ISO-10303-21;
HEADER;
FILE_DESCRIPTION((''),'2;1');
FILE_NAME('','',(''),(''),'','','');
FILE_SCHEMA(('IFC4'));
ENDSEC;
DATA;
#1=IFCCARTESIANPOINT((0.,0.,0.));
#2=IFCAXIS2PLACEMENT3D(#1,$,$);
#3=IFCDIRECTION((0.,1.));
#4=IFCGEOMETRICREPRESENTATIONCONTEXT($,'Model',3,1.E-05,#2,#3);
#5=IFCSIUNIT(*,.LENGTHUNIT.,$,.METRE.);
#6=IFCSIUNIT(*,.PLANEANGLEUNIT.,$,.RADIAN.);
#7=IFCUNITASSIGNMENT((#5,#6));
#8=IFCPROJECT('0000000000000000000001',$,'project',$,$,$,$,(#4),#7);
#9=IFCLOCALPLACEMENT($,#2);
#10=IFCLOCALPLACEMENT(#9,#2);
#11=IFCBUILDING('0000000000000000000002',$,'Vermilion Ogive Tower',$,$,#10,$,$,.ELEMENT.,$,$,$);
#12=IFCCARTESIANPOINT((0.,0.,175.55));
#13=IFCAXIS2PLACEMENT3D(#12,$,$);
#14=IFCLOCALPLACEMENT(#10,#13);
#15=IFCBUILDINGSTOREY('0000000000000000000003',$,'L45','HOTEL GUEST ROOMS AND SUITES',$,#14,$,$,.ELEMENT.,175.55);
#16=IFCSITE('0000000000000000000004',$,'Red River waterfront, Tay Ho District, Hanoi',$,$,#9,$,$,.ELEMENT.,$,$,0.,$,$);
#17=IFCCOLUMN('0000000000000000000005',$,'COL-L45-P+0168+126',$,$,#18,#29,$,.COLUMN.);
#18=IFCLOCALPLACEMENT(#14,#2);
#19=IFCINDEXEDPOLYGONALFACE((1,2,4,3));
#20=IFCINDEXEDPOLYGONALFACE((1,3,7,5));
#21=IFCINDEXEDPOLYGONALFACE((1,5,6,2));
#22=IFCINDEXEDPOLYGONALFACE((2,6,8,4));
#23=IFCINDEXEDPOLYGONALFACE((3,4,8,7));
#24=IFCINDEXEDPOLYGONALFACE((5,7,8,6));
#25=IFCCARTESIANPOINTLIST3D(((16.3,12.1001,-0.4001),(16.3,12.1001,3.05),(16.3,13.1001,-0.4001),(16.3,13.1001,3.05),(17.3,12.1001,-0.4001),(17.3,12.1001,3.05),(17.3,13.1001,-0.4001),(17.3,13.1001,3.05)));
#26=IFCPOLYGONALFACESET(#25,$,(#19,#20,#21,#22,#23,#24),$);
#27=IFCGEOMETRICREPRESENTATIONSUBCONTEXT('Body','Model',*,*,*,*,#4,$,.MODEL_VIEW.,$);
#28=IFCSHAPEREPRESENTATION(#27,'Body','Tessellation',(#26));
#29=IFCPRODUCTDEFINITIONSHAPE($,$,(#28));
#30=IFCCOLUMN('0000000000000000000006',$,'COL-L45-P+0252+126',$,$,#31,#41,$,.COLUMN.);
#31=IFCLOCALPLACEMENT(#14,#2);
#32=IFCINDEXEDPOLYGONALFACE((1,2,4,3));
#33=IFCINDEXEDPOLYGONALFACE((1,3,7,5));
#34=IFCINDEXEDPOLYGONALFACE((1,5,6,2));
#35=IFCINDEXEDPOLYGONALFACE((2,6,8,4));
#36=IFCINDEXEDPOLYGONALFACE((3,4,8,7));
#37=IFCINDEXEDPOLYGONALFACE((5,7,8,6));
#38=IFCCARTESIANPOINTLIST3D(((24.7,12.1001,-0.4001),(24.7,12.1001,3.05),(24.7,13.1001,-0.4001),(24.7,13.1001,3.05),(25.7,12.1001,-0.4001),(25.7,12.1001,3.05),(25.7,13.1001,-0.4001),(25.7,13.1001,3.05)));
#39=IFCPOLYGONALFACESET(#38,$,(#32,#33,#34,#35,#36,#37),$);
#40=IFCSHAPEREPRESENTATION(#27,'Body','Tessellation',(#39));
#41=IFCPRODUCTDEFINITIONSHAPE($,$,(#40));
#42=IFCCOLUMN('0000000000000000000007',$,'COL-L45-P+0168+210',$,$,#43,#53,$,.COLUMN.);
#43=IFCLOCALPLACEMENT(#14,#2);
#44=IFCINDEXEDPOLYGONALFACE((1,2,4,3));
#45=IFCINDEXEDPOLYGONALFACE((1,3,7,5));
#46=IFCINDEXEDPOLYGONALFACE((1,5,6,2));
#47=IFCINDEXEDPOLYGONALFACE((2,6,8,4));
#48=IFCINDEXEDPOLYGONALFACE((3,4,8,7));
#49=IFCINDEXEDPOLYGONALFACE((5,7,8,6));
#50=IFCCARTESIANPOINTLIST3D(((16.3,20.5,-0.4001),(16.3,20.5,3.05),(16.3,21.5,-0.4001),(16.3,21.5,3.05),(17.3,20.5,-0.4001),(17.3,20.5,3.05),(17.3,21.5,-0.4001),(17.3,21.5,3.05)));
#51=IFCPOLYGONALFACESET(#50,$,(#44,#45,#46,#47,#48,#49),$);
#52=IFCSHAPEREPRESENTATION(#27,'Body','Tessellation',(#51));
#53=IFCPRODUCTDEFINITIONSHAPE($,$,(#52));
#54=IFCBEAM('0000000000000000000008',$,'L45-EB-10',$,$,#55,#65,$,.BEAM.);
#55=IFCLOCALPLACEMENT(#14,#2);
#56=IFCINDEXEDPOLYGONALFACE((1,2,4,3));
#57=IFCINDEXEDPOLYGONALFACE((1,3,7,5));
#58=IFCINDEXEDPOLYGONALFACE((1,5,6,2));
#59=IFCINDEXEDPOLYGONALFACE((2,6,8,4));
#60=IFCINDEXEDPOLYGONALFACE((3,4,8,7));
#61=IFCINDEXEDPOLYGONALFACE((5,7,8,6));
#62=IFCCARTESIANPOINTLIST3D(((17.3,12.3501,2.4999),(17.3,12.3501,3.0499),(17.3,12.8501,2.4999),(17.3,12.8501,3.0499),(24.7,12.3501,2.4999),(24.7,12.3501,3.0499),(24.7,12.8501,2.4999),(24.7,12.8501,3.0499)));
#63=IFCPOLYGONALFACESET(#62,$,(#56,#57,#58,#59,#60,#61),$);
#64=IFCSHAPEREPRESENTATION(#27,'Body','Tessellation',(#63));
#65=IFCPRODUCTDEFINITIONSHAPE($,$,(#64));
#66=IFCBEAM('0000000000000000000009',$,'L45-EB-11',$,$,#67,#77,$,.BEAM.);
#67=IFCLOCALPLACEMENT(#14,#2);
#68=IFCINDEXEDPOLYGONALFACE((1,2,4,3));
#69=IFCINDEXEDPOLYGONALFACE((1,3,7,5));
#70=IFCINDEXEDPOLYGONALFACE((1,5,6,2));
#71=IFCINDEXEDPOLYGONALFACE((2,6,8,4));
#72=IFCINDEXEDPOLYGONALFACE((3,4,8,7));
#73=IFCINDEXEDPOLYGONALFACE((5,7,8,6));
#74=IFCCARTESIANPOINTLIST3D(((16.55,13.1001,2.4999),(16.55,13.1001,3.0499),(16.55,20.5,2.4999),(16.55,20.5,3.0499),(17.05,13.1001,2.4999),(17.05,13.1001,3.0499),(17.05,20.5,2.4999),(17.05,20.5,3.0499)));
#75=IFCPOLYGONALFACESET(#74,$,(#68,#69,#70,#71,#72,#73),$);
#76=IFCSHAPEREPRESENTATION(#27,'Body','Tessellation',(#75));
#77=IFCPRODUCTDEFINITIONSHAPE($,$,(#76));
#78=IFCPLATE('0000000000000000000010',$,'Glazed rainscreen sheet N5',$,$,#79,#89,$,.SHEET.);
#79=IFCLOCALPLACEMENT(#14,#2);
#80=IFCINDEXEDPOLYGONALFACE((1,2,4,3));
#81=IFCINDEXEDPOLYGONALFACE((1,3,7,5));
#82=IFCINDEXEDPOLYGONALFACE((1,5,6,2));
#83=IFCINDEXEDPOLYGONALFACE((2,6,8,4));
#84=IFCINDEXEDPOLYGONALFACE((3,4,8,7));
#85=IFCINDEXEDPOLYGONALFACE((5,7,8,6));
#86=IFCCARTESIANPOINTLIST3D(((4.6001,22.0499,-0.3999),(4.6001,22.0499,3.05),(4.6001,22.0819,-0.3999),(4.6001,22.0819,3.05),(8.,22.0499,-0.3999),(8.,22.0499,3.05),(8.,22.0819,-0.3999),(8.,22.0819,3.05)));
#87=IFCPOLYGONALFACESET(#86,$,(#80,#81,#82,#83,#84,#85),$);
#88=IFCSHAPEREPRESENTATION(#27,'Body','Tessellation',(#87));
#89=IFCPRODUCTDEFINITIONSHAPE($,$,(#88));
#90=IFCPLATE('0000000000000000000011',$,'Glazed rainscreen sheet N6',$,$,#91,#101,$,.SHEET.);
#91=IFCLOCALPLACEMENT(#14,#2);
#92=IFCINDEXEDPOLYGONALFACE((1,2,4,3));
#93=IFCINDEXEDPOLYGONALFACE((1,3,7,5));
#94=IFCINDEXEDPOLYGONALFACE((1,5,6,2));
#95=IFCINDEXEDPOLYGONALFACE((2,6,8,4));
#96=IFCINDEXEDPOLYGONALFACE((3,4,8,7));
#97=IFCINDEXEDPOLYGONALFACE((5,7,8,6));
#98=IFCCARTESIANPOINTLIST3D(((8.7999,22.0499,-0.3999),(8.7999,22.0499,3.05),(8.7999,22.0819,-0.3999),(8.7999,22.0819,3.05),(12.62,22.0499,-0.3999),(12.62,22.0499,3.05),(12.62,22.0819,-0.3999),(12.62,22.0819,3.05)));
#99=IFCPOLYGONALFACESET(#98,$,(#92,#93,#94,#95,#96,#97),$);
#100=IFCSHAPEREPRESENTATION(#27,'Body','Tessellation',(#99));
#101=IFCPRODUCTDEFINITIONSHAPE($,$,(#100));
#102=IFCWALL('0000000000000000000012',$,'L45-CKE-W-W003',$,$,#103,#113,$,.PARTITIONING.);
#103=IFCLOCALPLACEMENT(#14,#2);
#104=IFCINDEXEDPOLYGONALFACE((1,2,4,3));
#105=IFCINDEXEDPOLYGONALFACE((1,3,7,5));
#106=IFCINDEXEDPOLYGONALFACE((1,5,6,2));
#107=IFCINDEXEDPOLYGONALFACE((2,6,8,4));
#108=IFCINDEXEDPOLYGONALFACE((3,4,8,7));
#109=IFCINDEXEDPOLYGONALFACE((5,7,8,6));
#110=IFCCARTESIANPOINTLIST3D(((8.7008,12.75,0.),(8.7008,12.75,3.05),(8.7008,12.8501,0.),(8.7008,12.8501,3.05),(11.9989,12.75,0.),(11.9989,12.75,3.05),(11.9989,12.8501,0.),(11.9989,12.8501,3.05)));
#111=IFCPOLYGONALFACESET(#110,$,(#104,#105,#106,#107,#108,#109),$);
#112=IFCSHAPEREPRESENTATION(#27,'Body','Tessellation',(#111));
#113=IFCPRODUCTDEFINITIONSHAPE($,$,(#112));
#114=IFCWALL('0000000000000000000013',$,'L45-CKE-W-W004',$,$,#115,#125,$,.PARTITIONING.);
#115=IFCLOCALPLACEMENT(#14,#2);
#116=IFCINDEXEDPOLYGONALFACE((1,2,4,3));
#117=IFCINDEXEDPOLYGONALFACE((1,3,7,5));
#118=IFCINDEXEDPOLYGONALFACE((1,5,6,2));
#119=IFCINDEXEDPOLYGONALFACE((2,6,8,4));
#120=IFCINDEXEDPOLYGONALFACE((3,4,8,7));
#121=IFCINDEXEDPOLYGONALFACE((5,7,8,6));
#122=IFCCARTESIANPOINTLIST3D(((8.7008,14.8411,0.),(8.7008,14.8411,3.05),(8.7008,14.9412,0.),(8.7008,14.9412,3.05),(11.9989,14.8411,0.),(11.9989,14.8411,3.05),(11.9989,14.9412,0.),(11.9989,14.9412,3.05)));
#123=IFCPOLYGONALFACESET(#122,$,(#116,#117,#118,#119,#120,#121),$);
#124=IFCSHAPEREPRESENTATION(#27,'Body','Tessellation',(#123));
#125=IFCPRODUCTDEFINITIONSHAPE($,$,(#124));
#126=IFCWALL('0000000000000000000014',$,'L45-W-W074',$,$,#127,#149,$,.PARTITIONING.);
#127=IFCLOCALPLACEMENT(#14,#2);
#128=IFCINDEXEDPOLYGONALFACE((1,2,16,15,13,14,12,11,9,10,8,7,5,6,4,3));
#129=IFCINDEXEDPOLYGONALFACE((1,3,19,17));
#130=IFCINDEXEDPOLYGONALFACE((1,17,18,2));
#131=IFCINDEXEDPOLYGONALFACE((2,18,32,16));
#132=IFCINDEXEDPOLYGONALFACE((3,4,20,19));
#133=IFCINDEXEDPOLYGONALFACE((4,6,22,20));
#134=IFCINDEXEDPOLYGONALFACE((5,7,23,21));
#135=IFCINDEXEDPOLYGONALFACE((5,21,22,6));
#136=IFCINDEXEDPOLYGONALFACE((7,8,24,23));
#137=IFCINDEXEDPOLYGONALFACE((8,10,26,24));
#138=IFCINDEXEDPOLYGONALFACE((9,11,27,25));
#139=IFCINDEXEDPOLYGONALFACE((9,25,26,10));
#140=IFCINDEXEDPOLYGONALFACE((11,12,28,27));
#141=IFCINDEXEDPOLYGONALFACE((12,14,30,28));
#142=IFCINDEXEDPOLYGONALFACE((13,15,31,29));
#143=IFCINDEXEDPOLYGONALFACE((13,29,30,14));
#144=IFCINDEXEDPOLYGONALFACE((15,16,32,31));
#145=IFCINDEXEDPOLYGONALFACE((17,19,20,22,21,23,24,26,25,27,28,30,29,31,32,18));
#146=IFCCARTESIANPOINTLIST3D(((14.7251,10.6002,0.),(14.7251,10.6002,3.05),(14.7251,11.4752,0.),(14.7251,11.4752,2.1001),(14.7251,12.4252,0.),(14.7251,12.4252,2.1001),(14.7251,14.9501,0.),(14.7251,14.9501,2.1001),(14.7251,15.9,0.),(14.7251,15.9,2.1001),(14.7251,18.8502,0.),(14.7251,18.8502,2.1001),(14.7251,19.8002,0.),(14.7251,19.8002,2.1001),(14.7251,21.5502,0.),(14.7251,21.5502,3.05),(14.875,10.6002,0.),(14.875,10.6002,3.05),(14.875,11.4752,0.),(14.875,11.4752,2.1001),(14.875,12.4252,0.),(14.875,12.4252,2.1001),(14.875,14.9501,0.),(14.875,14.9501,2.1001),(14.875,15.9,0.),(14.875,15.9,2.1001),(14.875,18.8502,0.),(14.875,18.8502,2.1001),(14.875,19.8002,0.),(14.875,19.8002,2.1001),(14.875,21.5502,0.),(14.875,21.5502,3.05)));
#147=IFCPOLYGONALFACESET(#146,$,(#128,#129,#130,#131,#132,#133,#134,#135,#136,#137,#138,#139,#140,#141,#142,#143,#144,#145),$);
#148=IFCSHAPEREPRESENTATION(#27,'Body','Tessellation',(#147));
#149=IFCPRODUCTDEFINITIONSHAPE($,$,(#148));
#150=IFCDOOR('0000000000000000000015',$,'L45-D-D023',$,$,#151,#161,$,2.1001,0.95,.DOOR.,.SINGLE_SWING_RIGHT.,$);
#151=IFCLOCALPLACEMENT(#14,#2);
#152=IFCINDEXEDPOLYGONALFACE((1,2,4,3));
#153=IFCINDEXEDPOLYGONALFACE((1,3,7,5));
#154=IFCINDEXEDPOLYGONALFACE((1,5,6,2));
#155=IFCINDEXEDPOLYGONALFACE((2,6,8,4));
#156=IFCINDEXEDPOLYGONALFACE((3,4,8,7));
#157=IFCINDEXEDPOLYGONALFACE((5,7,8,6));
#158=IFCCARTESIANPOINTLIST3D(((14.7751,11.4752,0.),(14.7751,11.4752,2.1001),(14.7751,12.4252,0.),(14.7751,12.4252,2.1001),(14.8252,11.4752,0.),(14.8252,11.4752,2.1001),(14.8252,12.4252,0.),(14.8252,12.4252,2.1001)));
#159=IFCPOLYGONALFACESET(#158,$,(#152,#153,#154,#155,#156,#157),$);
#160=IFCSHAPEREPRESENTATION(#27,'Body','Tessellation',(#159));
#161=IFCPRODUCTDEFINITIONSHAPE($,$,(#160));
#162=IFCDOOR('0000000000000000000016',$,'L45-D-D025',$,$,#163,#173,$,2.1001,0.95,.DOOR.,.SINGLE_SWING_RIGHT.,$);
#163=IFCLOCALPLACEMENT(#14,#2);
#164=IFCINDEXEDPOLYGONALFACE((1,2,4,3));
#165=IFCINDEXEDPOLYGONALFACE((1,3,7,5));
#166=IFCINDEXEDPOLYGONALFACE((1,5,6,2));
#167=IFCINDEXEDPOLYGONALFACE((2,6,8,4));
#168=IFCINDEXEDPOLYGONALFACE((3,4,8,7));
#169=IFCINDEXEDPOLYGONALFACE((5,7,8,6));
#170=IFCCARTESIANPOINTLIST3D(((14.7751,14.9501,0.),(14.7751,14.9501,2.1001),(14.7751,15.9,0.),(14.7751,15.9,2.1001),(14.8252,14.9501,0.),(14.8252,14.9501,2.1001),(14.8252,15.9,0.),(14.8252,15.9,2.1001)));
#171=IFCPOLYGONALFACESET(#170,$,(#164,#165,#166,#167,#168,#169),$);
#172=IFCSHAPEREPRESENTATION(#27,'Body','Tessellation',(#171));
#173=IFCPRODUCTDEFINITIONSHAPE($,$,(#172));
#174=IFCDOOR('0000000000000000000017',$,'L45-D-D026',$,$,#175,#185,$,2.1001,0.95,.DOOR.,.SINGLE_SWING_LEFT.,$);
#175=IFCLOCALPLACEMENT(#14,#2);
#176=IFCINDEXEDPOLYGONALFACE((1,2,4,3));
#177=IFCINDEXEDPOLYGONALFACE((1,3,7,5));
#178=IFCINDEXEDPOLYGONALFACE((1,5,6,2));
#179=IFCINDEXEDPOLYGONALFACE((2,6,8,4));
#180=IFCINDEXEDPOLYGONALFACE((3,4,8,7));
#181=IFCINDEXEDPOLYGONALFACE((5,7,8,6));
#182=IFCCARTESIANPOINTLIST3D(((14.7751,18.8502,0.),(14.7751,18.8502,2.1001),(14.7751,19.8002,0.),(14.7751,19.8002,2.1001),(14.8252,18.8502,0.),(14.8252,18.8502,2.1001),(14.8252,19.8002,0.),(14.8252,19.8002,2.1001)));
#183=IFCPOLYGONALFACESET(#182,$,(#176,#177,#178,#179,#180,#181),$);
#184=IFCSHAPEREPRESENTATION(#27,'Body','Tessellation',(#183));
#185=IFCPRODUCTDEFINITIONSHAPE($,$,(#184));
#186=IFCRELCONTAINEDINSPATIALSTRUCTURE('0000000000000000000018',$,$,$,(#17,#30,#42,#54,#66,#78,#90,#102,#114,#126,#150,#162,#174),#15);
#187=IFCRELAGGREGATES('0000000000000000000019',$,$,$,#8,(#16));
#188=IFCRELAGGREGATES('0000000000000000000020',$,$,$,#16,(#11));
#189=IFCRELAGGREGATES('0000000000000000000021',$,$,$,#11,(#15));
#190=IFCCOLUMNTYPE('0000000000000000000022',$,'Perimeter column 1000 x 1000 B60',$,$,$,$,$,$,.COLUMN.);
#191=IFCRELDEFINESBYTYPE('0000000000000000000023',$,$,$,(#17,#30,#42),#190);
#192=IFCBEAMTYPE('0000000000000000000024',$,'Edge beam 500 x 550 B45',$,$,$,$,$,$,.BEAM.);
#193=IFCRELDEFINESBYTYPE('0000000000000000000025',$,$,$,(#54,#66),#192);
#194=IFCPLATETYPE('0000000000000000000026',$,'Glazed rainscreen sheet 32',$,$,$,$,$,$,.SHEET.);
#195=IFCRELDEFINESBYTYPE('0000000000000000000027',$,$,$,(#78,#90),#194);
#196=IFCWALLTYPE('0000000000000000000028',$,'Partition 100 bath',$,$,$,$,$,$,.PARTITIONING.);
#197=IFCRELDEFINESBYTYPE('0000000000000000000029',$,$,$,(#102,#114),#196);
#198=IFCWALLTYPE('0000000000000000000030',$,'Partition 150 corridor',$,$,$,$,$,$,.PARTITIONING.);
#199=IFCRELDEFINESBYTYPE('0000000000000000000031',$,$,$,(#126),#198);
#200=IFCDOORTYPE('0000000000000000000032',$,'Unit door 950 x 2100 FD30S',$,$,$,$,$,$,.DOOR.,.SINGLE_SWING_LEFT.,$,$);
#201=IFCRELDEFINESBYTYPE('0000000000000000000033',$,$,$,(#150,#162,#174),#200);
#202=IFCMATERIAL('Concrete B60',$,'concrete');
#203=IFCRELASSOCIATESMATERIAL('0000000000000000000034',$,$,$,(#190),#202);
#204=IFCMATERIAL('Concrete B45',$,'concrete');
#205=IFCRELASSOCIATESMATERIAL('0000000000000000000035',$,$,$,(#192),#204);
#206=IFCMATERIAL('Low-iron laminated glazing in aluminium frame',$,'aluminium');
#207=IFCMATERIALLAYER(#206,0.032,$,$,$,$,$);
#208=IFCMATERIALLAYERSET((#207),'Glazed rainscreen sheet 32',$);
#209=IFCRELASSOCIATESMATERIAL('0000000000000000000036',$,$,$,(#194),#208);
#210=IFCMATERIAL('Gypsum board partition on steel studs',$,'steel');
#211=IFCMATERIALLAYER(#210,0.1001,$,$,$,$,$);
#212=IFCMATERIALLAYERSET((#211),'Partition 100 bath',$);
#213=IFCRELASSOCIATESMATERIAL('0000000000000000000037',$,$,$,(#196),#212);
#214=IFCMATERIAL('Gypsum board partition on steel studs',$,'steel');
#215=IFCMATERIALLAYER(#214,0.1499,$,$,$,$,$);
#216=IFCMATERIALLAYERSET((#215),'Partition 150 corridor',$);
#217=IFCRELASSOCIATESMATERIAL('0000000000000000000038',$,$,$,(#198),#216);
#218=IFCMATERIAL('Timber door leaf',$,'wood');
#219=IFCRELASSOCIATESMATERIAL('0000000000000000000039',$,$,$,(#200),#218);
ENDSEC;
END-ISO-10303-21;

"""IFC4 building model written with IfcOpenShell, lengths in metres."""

from ifc_helpers import new_model, si_unit, direction, frame, frame_2d, origin, origin_2d, place, context, subcontext, project, spatial, rectangle, extrude, material, layer, layer_set, material_profile, profile_set, type_object, element, fill, save


model = new_model("IFC4")

# Units and contexts
model_context = context("Model", 3, precision=1e-05, world=origin(), true_north=direction((0.0, 1.0)))
body_context = subcontext(model_context, "Body", "Model", "MODEL_VIEW")
ifc_project = project(units=[si_unit("LENGTHUNIT", "METRE"), si_unit("PLANEANGLEUNIT", "RADIAN")], contexts=[model_context])

# Site, building, storey
site_placement = place(None, origin())
site = spatial("IfcSite", under=ifc_project, at=site_placement, Name="Red River waterfront, Tay Ho District, Hanoi", CompositionType="ELEMENT", RefElevation=0.0)
building_placement = place(site_placement, origin())
building = spatial("IfcBuilding", under=site, at=building_placement, Name="Vermilion Ogive Tower", CompositionType="ELEMENT")
storey_placement = place(building_placement, frame((0.0, 0.0, 175.55)))
storey = spatial("IfcBuildingStorey", under=building, at=storey_placement, Name="L45", Description="HOTEL GUEST ROOMS AND SUITES", CompositionType="ELEMENT", Elevation=175.55)

# Columns
ifc_material_1 = material(Name="Concrete B60", Category="concrete")
ifc_material_profile_1 = material_profile(ifc_material_1, rectangle(XDim=1.0, YDim=1.0, at=origin_2d()), Name="1000 x 1000")
ifc_profile_set_1 = profile_set([ifc_material_profile_1], Name="Concrete B60")
column_type = type_object("IfcColumnType", Name="Perimeter column 1000 x 1000 B60", PredefinedType="COLUMN", material=ifc_profile_set_1)
for number, where, z_axis, x_axis, name in (
    (1, (16.8, 12.6001, -0.4001), (0.0, 0.0, 1.0), (1.0, 0.0, 0.0), "COL-L45-P+0168+126"),
    (2, (25.2, 12.6001, -0.4001), (0.0, 0.0, 1.0), (1.0, 0.0, 0.0), "COL-L45-P+0252+126"),
    (3, (16.8, 21.0, -0.4001), (0.0, 0.0, 1.0), (1.0, 0.0, 0.0), "COL-L45-P+0168+210"),
):
    element("IfcColumn", number, at=place(storey_placement, frame(where, z_axis=z_axis, x_axis=x_axis)), inside=storey, type_object=column_type, Name=name, PredefinedType="COLUMN", context=body_context, shape_type="SweptSolid", body=[
        extrude(rectangle(XDim=1.0, YDim=1.0, at=origin_2d()), origin(), (0.0, 0.0, 1.0), 3.4502),
    ])

# Beams
ifc_material_2 = material(Name="Concrete B45", Category="concrete")
ifc_material_profile_2 = material_profile(ifc_material_2, rectangle(XDim=0.5, YDim=0.55, at=origin_2d()), Name="500 x 550")
ifc_profile_set_2 = profile_set([ifc_material_profile_2], Name="Concrete B45")
beam_type = type_object("IfcBeamType", Name="Edge beam 500 x 550 B45", PredefinedType="BEAM", material=ifc_profile_set_2)
for number, where, z_axis, x_axis, name in (
    (4, (24.7, 12.6001, 2.7749), (-1.0, 0.0, 0.0), (0.0, -1.0, 0.0), "L45-EB-10"),
    (5, (16.8, 13.1001, 2.7749), (0.0, 1.0, 0.0), (-1.0, 0.0, 0.0), "L45-EB-11"),
):
    element("IfcBeam", number, at=place(storey_placement, frame(where, z_axis=z_axis, x_axis=x_axis)), inside=storey, type_object=beam_type, Name=name, PredefinedType="BEAM", context=body_context, shape_type="SweptSolid", body=[
        extrude(rectangle(XDim=0.5, YDim=0.55, at=origin_2d()), origin(), (0.0, 0.0, 1.0), 7.3999),
    ])

# Plates
ifc_material_3 = material(Name="Low-iron laminated glazing in aluminium frame", Category="aluminium")
ifc_layer_1 = layer(ifc_material_3, 0.032)
ifc_layer_set_1 = layer_set([ifc_layer_1], Name="Glazed rainscreen sheet 32")
plate_type = type_object("IfcPlateType", Name="Glazed rainscreen sheet 32", PredefinedType="SHEET", material=ifc_layer_set_1)
plate_1_placement = place(storey_placement, frame((6.3, 22.0659, -0.3999), z_axis=(0.0, 0.0, 1.0), x_axis=(1.0, 0.0, 0.0)))
element("IfcPlate", 6, at=plate_1_placement, inside=storey, type_object=plate_type, Name="Glazed rainscreen sheet N5", PredefinedType="SHEET", context=body_context, shape_type="SweptSolid", body=[
    extrude(rectangle(XDim=3.3999, YDim=0.032, at=origin_2d()), origin(), (0.0, 0.0, 1.0), 3.45),
])
plate_2_placement = place(storey_placement, frame((10.71, 22.0659, -0.3999), z_axis=(0.0, 0.0, 1.0), x_axis=(1.0, 0.0, 0.0)))
element("IfcPlate", 7, at=plate_2_placement, inside=storey, type_object=plate_type, Name="Glazed rainscreen sheet N6", PredefinedType="SHEET", context=body_context, shape_type="SweptSolid", body=[
    extrude(rectangle(XDim=3.8201, YDim=0.032, at=origin_2d()), origin(), (0.0, 0.0, 1.0), 3.45),
])

# Walls
ifc_material_4 = material(Name="Gypsum board partition on steel studs", Category="steel")
ifc_layer_2 = layer(ifc_material_4, 0.1001)
ifc_layer_set_2 = layer_set([ifc_layer_2], Name="Partition 100 bath")
wall_type_1 = type_object("IfcWallType", Name="Partition 100 bath", PredefinedType="PARTITIONING", material=ifc_layer_set_2)
for number, where, z_axis, x_axis, name in (
    (8, (8.7009, 12.8, 0.0), (0.0, 0.0, 1.0), (1.0, 0.0, 0.0), "L45-CKE-W-W003"),
    (9, (8.7009, 14.8911, 0.0), (0.0, 0.0, 1.0), (1.0, 0.0, 0.0), "L45-CKE-W-W004"),
):
    element("IfcWall", number, at=place(storey_placement, frame(where, z_axis=z_axis, x_axis=x_axis)), inside=storey, type_object=wall_type_1, Name=name, PredefinedType="PARTITIONING", context=body_context, shape_type="SweptSolid", body=[
        extrude(rectangle(XDim=3.2981, YDim=0.1001, at=frame_2d((1.6489, 0.0))), origin(), (0.0, 0.0, 1.0), 3.05),
    ])

# Wall, openings, doors
ifc_material_5 = material(Name="Gypsum board partition on steel studs", Category="steel")
ifc_layer_3 = layer(ifc_material_5, 0.1499)
ifc_layer_set_3 = layer_set([ifc_layer_3], Name="Partition 150 corridor")
wall_type_2 = type_object("IfcWallType", Name="Partition 150 corridor", PredefinedType="PARTITIONING", material=ifc_layer_set_3)
wall_1_placement = place(storey_placement, frame((14.8, 10.6001, 0.0), z_axis=(0.0, 0.0, 1.0), x_axis=(0.0, 1.0, 0.0)))
wall_1 = element("IfcWall", 10, at=wall_1_placement, inside=storey, type_object=wall_type_2, Name="L45-W-W074", PredefinedType="PARTITIONING", context=body_context, shape_type="SweptSolid", body=[
    extrude(rectangle(XDim=10.95, YDim=0.1499, at=frame_2d((5.4751, 0.0))), origin(), (0.0, 0.0, 1.0), 3.05),
])
opening_1_placement = place(wall_1_placement, frame((0.875, 0.0, 0.0)))
opening_1 = element("IfcOpeningElement", 11, at=opening_1_placement, cuts=wall_1, PredefinedType="OPENING", context=body_context, shape_type="SweptSolid", body=[
    extrude(rectangle(XDim=0.95, YDim=2.1001, at=frame_2d((0.4751, 1.05))), frame((0.0, 0.085, 0.0), z_axis=(0.0, -1.0, 0.0), x_axis=(1.0, 0.0, 0.0)), (0.0, 0.0, 1.0), 0.1699),
])
opening_2_placement = place(wall_1_placement, frame((4.3499, 0.0, 0.0)))
opening_2 = element("IfcOpeningElement", 12, at=opening_2_placement, cuts=wall_1, PredefinedType="OPENING", context=body_context, shape_type="SweptSolid", body=[
    extrude(rectangle(XDim=0.95, YDim=2.1001, at=frame_2d((0.4751, 1.05))), frame((0.0, 0.085, 0.0), z_axis=(0.0, -1.0, 0.0), x_axis=(1.0, 0.0, 0.0)), (0.0, 0.0, 1.0), 0.1699),
])
opening_3_placement = place(wall_1_placement, frame((8.25, 0.0, 0.0)))
opening_3 = element("IfcOpeningElement", 13, at=opening_3_placement, cuts=wall_1, PredefinedType="OPENING", context=body_context, shape_type="SweptSolid", body=[
    extrude(rectangle(XDim=0.95, YDim=2.1001, at=frame_2d((0.4751, 1.05))), frame((0.0, 0.085, 0.0), z_axis=(0.0, -1.0, 0.0), x_axis=(1.0, 0.0, 0.0)), (0.0, 0.0, 1.0), 0.1699),
])
ifc_material_6 = material(Name="Timber door leaf", Category="wood")
door_type_1 = type_object("IfcDoorType", Name="Unit door 950 x 2100 FD30S", OperationType="SINGLE_SWING_LEFT", PredefinedType="DOOR", material=ifc_material_6)
door_1_placement = place(opening_1_placement, origin())
door_1 = element("IfcDoor", 14, at=door_1_placement, inside=storey, type_object=door_type_1, Name="L45-D-D023", OperationType="SINGLE_SWING_RIGHT", OverallHeight=2.1001, OverallWidth=0.95, PredefinedType="DOOR", context=body_context, shape_type="SweptSolid", body=[
    extrude(rectangle(XDim=0.95, YDim=2.1001, at=frame_2d((0.4751, 1.05))), frame((0.0, 0.0249, 0.0), z_axis=(0.0, -1.0, 0.0), x_axis=(1.0, 0.0, 0.0)), (0.0, 0.0, 1.0), 0.05),
])
fill(opening_1, door_1)
door_2_placement = place(opening_2_placement, origin())
door_2 = element("IfcDoor", 15, at=door_2_placement, inside=storey, type_object=door_type_1, Name="L45-D-D025", OperationType="SINGLE_SWING_RIGHT", OverallHeight=2.1001, OverallWidth=0.95, PredefinedType="DOOR", context=body_context, shape_type="SweptSolid", body=[
    extrude(rectangle(XDim=0.95, YDim=2.1001, at=frame_2d((0.4751, 1.05))), frame((0.0, 0.0249, 0.0), z_axis=(0.0, -1.0, 0.0), x_axis=(1.0, 0.0, 0.0)), (0.0, 0.0, 1.0), 0.05),
])
fill(opening_2, door_2)
door_3_placement = place(opening_3_placement, origin())
door_3 = element("IfcDoor", 16, at=door_3_placement, inside=storey, type_object=door_type_1, Name="L45-D-D026", OperationType="SINGLE_SWING_LEFT", OverallHeight=2.1001, OverallWidth=0.95, PredefinedType="DOOR", context=body_context, shape_type="SweptSolid", body=[
    extrude(rectangle(XDim=0.95, YDim=2.1001, at=frame_2d((0.4751, 1.05))), frame((0.0, 0.0249, 0.0), z_axis=(0.0, -1.0, 0.0), x_axis=(1.0, 0.0, 0.0)), (0.0, 0.0, 1.0), 0.05),
])
fill(opening_3, door_3)

save(model, "model.ifc")
